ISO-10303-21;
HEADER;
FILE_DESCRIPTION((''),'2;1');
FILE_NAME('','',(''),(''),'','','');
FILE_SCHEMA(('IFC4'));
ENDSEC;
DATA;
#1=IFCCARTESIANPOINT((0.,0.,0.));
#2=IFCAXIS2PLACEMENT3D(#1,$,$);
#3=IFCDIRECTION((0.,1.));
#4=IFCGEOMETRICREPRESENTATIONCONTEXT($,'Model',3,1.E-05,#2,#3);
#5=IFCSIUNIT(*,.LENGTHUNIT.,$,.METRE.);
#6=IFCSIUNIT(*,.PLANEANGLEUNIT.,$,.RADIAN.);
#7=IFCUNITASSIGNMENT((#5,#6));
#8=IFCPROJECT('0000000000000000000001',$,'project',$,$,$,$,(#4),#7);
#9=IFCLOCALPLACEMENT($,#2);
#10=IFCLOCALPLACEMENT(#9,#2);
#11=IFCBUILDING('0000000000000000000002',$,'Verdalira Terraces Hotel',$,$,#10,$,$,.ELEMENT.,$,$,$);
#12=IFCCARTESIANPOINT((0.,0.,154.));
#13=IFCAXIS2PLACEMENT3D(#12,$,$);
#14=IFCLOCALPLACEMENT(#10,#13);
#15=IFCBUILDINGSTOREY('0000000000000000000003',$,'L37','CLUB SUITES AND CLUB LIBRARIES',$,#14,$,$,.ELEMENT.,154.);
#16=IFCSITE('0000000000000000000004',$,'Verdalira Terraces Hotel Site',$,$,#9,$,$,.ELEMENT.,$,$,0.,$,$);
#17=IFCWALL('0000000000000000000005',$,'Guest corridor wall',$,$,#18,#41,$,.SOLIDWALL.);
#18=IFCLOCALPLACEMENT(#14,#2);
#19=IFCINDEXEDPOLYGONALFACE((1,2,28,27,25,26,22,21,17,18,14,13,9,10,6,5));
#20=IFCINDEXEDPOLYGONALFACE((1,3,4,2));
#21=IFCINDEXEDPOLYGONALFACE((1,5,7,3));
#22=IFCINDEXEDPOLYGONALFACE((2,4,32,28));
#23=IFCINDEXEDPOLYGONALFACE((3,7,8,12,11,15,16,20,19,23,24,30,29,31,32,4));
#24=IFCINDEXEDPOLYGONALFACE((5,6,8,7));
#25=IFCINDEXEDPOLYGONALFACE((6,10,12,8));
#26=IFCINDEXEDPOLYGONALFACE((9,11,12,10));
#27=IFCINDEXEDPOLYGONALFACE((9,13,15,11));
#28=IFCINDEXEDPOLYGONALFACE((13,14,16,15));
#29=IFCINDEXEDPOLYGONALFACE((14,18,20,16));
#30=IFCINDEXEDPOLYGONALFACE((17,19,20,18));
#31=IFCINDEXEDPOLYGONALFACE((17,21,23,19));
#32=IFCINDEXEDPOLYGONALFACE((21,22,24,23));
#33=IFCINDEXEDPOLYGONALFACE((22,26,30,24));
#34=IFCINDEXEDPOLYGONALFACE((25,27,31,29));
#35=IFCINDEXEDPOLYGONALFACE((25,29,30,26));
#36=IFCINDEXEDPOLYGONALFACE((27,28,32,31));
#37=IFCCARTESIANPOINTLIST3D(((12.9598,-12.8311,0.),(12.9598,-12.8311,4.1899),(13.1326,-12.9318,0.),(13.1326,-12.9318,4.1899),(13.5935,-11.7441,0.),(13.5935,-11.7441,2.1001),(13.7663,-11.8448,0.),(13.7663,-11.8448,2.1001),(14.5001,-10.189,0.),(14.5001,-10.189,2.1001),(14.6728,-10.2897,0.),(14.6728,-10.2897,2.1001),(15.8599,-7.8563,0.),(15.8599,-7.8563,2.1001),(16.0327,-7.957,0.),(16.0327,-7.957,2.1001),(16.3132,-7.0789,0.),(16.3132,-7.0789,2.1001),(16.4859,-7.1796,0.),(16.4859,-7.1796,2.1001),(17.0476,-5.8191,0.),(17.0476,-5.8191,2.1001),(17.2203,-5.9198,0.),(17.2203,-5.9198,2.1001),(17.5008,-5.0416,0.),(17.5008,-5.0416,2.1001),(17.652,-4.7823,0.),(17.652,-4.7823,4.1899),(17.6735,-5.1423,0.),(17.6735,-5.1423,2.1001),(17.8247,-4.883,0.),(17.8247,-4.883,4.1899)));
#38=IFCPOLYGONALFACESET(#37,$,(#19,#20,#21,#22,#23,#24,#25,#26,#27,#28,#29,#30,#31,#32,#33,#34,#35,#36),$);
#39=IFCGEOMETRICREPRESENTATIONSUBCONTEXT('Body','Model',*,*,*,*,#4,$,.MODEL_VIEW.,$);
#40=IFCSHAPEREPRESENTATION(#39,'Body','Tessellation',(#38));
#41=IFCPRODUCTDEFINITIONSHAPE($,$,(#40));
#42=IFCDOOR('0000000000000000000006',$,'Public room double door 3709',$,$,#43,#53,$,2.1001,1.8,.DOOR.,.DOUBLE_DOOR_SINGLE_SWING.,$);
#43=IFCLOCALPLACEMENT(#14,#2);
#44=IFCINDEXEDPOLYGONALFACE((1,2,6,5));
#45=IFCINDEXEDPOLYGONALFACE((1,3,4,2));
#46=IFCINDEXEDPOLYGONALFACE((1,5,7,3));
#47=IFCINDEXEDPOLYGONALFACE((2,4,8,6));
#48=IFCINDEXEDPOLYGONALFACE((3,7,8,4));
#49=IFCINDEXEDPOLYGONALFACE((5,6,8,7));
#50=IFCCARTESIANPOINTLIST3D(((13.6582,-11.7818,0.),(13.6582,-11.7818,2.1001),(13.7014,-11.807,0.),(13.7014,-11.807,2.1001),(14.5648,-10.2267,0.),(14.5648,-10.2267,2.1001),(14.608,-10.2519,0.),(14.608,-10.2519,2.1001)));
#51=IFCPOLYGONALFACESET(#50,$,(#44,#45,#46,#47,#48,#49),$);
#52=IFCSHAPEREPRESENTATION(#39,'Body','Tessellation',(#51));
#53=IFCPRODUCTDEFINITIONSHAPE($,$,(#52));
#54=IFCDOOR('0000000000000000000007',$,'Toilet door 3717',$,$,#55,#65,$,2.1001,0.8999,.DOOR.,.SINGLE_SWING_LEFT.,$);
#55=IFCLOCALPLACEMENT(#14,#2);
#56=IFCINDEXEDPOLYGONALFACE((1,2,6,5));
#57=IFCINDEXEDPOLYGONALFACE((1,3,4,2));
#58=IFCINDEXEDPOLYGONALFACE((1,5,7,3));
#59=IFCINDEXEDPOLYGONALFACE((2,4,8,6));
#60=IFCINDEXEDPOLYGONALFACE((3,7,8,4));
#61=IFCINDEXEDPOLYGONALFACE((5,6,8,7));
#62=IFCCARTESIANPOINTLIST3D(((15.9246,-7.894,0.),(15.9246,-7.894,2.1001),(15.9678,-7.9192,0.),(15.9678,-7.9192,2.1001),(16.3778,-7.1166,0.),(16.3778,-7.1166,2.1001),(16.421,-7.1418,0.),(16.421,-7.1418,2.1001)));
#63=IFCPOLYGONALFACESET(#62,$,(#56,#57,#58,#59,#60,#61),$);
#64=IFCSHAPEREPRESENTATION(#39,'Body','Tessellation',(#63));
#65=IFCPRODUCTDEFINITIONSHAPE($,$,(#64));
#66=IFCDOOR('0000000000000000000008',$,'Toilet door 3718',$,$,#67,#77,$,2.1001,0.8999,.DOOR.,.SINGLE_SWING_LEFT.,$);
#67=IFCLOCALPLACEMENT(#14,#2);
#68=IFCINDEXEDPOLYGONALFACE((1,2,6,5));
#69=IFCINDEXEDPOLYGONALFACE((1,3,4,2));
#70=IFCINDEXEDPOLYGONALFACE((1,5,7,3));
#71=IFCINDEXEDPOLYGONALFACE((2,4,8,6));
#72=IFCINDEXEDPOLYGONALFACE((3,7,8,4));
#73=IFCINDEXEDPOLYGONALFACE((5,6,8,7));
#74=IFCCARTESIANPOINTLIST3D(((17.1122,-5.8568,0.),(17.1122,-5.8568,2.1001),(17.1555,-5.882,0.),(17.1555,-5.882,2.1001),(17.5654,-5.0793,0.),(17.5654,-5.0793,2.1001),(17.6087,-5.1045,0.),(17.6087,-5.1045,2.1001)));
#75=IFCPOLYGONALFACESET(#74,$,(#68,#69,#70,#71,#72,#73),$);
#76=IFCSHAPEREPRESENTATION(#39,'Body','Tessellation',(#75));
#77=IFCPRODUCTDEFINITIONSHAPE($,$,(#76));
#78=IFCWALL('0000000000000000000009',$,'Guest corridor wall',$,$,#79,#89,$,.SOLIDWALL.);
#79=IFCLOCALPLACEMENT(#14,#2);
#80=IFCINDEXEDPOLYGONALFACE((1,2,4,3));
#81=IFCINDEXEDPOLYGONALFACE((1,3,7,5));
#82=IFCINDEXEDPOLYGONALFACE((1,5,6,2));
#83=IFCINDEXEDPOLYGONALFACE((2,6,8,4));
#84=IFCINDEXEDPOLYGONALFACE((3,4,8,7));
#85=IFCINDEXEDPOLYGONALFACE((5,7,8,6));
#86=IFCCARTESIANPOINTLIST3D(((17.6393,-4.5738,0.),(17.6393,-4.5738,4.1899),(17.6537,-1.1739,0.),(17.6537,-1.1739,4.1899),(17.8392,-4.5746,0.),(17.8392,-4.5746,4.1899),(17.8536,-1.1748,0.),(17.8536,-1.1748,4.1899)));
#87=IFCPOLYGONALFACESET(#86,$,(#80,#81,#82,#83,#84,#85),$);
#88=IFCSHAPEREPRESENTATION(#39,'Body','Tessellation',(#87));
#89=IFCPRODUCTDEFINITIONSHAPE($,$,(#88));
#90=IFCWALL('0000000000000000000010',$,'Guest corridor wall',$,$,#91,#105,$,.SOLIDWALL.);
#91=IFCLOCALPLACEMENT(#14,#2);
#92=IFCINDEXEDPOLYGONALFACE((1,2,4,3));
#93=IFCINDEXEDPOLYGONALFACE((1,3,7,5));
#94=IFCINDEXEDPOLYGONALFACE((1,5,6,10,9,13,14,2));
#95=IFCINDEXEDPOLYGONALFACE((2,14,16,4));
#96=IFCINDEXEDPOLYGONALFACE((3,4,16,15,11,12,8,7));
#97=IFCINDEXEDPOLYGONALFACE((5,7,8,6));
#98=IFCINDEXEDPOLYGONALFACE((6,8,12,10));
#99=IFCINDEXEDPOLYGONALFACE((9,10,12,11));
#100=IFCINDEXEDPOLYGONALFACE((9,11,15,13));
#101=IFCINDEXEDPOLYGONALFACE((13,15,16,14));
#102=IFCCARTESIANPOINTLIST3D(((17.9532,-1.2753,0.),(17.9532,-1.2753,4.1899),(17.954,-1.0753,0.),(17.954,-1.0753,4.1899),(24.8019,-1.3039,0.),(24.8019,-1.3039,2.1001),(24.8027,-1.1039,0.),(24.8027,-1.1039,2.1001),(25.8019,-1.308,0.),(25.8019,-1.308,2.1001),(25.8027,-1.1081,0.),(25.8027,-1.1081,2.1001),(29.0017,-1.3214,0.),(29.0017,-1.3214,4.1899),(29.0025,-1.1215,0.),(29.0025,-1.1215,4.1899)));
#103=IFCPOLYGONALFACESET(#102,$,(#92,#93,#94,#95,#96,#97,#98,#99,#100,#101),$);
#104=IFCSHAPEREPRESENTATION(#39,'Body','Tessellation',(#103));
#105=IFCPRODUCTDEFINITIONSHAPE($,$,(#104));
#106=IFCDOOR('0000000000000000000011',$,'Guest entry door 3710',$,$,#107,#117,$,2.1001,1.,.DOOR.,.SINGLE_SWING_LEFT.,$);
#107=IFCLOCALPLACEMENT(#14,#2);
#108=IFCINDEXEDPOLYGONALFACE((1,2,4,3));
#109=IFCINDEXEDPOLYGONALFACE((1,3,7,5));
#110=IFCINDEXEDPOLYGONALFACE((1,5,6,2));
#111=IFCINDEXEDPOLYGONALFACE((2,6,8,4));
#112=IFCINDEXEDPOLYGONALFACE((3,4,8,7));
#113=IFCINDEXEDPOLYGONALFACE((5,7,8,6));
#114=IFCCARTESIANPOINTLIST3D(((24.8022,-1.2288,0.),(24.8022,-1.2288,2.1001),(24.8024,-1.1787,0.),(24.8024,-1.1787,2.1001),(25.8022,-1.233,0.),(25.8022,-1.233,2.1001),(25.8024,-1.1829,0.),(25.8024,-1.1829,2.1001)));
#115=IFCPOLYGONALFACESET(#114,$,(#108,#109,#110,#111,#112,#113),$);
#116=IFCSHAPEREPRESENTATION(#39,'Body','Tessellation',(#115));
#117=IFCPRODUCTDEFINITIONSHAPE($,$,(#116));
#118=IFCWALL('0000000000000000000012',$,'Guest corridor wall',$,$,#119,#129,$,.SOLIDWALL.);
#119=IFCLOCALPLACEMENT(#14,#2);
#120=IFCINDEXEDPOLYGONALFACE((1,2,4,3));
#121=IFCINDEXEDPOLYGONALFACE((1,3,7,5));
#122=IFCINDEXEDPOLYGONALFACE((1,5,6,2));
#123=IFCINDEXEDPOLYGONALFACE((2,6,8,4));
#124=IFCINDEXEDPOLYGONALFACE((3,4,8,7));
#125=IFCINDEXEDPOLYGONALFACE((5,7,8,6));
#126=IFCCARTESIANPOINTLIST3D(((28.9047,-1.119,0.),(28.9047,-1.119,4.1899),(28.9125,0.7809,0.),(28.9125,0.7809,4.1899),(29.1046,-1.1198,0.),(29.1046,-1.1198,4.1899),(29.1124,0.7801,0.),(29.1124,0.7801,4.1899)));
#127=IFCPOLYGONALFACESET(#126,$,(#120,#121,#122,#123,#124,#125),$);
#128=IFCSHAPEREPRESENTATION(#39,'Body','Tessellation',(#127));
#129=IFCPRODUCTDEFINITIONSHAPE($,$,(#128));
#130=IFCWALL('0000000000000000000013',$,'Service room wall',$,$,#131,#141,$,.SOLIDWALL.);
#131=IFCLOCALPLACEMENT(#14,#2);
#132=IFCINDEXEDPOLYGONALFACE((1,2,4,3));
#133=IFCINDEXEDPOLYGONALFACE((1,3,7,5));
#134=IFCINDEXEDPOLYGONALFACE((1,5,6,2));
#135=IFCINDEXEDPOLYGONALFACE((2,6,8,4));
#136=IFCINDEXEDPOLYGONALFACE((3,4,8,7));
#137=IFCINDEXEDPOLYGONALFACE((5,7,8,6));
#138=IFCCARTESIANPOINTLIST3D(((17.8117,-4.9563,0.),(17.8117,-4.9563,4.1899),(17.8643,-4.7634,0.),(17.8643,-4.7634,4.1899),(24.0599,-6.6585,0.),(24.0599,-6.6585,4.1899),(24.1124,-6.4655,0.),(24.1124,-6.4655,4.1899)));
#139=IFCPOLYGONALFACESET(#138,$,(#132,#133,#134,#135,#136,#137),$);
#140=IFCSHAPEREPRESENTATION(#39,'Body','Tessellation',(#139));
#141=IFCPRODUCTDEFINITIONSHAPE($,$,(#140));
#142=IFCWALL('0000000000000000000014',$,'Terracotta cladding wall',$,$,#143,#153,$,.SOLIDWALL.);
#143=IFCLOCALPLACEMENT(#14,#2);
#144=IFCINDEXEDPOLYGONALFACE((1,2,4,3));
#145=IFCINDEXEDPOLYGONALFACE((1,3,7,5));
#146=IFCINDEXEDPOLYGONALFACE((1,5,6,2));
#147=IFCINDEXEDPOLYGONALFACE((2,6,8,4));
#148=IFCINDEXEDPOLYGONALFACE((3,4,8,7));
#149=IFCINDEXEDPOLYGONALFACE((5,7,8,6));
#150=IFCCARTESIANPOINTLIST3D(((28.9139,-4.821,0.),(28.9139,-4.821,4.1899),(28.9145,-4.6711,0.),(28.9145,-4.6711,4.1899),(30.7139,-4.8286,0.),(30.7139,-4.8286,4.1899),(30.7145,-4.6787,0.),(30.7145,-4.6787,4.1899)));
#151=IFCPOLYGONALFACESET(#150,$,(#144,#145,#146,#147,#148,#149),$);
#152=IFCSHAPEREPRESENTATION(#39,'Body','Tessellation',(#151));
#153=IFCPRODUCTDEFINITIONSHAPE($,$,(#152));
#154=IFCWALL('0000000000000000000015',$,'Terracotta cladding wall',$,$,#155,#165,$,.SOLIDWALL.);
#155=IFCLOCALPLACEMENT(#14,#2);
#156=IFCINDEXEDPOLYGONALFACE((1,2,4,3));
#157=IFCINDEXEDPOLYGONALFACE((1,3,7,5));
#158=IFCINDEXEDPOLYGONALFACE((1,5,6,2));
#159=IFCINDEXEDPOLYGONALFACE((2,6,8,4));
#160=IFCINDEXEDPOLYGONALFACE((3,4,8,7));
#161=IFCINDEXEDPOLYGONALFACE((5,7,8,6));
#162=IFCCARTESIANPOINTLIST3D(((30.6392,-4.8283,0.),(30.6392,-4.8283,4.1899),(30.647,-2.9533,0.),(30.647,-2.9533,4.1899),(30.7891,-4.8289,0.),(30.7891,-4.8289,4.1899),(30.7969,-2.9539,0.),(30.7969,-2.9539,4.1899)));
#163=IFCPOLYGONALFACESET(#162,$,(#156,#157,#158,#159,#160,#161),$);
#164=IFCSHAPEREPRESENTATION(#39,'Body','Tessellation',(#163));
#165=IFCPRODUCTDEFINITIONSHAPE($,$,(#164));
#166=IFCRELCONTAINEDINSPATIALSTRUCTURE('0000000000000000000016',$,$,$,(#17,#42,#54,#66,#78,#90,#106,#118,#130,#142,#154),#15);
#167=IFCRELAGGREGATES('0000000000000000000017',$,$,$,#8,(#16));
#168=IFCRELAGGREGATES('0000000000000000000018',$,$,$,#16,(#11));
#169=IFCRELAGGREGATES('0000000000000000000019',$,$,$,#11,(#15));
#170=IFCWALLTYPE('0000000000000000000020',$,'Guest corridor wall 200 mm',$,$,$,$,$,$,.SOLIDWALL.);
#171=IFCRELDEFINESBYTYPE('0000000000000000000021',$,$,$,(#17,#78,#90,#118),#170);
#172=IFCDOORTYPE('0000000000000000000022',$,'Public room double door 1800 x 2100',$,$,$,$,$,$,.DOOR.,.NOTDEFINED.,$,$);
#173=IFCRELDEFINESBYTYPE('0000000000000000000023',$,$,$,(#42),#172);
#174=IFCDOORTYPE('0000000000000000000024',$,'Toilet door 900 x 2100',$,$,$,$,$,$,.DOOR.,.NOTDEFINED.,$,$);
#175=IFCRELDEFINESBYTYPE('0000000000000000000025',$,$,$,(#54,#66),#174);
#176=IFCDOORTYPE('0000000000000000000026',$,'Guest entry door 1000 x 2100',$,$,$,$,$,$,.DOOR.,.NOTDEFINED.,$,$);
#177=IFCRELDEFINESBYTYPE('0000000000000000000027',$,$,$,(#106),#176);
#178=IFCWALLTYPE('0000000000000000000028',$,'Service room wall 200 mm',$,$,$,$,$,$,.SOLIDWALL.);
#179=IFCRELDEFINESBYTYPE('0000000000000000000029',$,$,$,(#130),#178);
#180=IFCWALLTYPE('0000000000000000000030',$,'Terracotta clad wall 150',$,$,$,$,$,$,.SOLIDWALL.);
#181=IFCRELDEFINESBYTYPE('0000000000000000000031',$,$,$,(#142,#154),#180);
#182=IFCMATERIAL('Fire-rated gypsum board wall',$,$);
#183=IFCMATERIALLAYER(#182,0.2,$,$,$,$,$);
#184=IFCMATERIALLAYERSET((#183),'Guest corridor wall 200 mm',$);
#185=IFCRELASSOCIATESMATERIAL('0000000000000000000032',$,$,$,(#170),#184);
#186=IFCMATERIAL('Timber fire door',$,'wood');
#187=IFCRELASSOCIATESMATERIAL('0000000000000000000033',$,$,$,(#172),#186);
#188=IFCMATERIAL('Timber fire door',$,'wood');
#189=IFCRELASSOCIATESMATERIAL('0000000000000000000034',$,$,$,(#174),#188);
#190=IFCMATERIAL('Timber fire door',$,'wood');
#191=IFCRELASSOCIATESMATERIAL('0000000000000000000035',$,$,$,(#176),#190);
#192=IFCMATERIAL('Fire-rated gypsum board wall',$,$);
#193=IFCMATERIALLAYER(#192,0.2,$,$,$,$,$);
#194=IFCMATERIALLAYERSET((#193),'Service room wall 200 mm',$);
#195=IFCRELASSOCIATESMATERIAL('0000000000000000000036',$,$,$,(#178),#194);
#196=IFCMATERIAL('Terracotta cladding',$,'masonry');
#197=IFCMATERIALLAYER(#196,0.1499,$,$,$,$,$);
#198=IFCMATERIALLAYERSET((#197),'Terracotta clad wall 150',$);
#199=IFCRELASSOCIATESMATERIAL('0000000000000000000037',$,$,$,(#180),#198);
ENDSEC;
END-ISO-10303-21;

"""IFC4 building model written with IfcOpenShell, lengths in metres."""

from ifc_helpers import new_model, si_unit, direction, frame, frame_2d, origin, place, context, subcontext, project, spatial, rectangle, extrude, material, layer, layer_set, type_object, element, fill, save


model = new_model("IFC4")

# Units and contexts
model_context = context("Model", 3, precision=1e-05, world=origin(), true_north=direction((0.0, 1.0)))
body_context = subcontext(model_context, "Body", "Model", "MODEL_VIEW")
ifc_project = project(units=[si_unit("LENGTHUNIT", "METRE"), si_unit("PLANEANGLEUNIT", "RADIAN")], contexts=[model_context])

# Site, building, storey
site_placement = place(None, origin())
site = spatial("IfcSite", under=ifc_project, at=site_placement, Name="Verdalira Terraces Hotel Site", CompositionType="ELEMENT", RefElevation=0.0)
building_placement = place(site_placement, origin())
building = spatial("IfcBuilding", under=site, at=building_placement, Name="Verdalira Terraces Hotel", CompositionType="ELEMENT")
storey_placement = place(building_placement, frame((0.0, 0.0, 154.0)))
storey = spatial("IfcBuildingStorey", under=building, at=storey_placement, Name="L37", Description="CLUB SUITES AND CLUB LIBRARIES", CompositionType="ELEMENT", Elevation=154.0)

# Wall, openings, doors
ifc_material_1 = material(Name="Fire-rated gypsum board wall")
ifc_layer_1 = layer(ifc_material_1, 0.2)
ifc_layer_set_1 = layer_set([ifc_layer_1], Name="Guest corridor wall 200 mm")
wall_type_1 = type_object("IfcWallType", Name="Guest corridor wall 200 mm", PredefinedType="SOLIDWALL", material=ifc_layer_set_1)
wall_1_placement = place(storey_placement, frame((17.7383, -4.8328, 0.0), z_axis=(0.0, 0.0, 1.0), x_axis=(-0.50363, -0.86392, 0.0)))
wall_1 = element("IfcWall", 1, at=wall_1_placement, inside=storey, type_object=wall_type_1, Name="Guest corridor wall", PredefinedType="SOLIDWALL", context=body_context, shape_type="SweptSolid", body=[
    extrude(rectangle(XDim=9.3166, YDim=0.2, at=frame_2d((4.6582, 0.0))), origin(), (0.0, 0.0, 1.0), 4.1899),
])
opening_1_placement = place(wall_1_placement, frame((6.2583, 0.0, 0.0)))
opening_1 = element("IfcOpeningElement", 2, at=opening_1_placement, cuts=wall_1, PredefinedType="OPENING", context=body_context, shape_type="SweptSolid", body=[
    extrude(rectangle(XDim=1.8, YDim=2.1001, at=frame_2d((0.8999, 1.05))), frame((0.0, 0.1099, 0.0), z_axis=(0.0, -1.0, 0.0), x_axis=(1.0, 0.0, 0.0)), (0.0, 0.0, 1.0), 0.22),
])
opening_2_placement = place(wall_1_placement, frame((2.6582, 0.0, 0.0)))
opening_2 = element("IfcOpeningElement", 3, at=opening_2_placement, cuts=wall_1, PredefinedType="OPENING", context=body_context, shape_type="SweptSolid", body=[
    extrude(rectangle(XDim=0.8999, YDim=2.1001, at=frame_2d((0.45, 1.05))), frame((0.0, 0.1099, 0.0), z_axis=(0.0, -1.0, 0.0), x_axis=(1.0, 0.0, 0.0)), (0.0, 0.0, 1.0), 0.22),
])
opening_3_placement = place(wall_1_placement, frame((0.3, 0.0, 0.0)))
opening_3 = element("IfcOpeningElement", 4, at=opening_3_placement, cuts=wall_1, PredefinedType="OPENING", context=body_context, shape_type="SweptSolid", body=[
    extrude(rectangle(XDim=0.8999, YDim=2.1001, at=frame_2d((0.45, 1.05))), frame((0.0, 0.1099, 0.0), z_axis=(0.0, -1.0, 0.0), x_axis=(1.0, 0.0, 0.0)), (0.0, 0.0, 1.0), 0.22),
])
ifc_material_2 = material(Name="Timber fire door", Category="wood")
door_type_1 = type_object("IfcDoorType", Name="Public room double door 1800 x 2100", OperationType="NOTDEFINED", PredefinedType="DOOR", material=ifc_material_2)
door_1_placement = place(opening_1_placement, origin())
door_1 = element("IfcDoor", 5, at=door_1_placement, inside=storey, type_object=door_type_1, Name="Public room double door 3709", OperationType="DOUBLE_DOOR_SINGLE_SWING", OverallHeight=2.1001, OverallWidth=1.8, PredefinedType="DOOR", context=body_context, shape_type="SweptSolid", body=[
    extrude(rectangle(XDim=1.8, YDim=2.1001, at=frame_2d((0.8999, 1.05))), frame((0.0, 0.0249, 0.0), z_axis=(0.0, -1.0, 0.0), x_axis=(1.0, 0.0, 0.0)), (0.0, 0.0, 1.0), 0.05),
])
fill(opening_1, door_1)
ifc_material_3 = material(Name="Timber fire door", Category="wood")
door_type_2 = type_object("IfcDoorType", Name="Toilet door 900 x 2100", OperationType="NOTDEFINED", PredefinedType="DOOR", material=ifc_material_3)
door_2_placement = place(opening_2_placement, origin())
door_2 = element("IfcDoor", 6, at=door_2_placement, inside=storey, type_object=door_type_2, Name="Toilet door 3717", OperationType="SINGLE_SWING_LEFT", OverallHeight=2.1001, OverallWidth=0.8999, PredefinedType="DOOR", context=body_context, shape_type="SweptSolid", body=[
    extrude(rectangle(XDim=0.8999, YDim=2.1001, at=frame_2d((0.45, 1.05))), frame((0.0, 0.0249, 0.0), z_axis=(0.0, -1.0, 0.0), x_axis=(1.0, 0.0, 0.0)), (0.0, 0.0, 1.0), 0.05),
])
fill(opening_2, door_2)
door_3_placement = place(opening_3_placement, origin())
door_3 = element("IfcDoor", 7, at=door_3_placement, inside=storey, type_object=door_type_2, Name="Toilet door 3718", OperationType="SINGLE_SWING_LEFT", OverallHeight=2.1001, OverallWidth=0.8999, PredefinedType="DOOR", context=body_context, shape_type="SweptSolid", body=[
    extrude(rectangle(XDim=0.8999, YDim=2.1001, at=frame_2d((0.45, 1.05))), frame((0.0, 0.0249, 0.0), z_axis=(0.0, -1.0, 0.0), x_axis=(1.0, 0.0, 0.0)), (0.0, 0.0, 1.0), 0.05),
])
fill(opening_3, door_3)

# Wall
wall_2_placement = place(storey_placement, frame((17.7393, -4.5742, 0.0), z_axis=(0.0, 0.0, 1.0), x_axis=(0.004237, 0.999991, 0.0)))
element("IfcWall", 8, at=wall_2_placement, inside=storey, type_object=wall_type_1, Name="Guest corridor wall", PredefinedType="SOLIDWALL", context=body_context, shape_type="SweptSolid", body=[
    extrude(rectangle(XDim=3.3999, YDim=0.2, at=frame_2d((1.7, 0.0))), origin(), (0.0, 0.0, 1.0), 4.1899),
])

# Wall, opening, door
wall_3_placement = place(storey_placement, frame((29.0022, -1.2214, 0.0), z_axis=(0.0, 0.0, 1.0), x_axis=(-0.999991, 0.004176, 0.0)))
wall_3 = element("IfcWall", 9, at=wall_3_placement, inside=storey, type_object=wall_type_1, Name="Guest corridor wall", PredefinedType="SOLIDWALL", context=body_context, shape_type="SweptSolid", body=[
    extrude(rectangle(XDim=11.0486, YDim=0.2, at=frame_2d((5.5244, 0.0))), origin(), (0.0, 0.0, 1.0), 4.1899),
])
opening_4_placement = place(wall_3_placement, frame((3.2, 0.0, 0.0)))
opening_4 = element("IfcOpeningElement", 10, at=opening_4_placement, cuts=wall_3, PredefinedType="OPENING", context=body_context, shape_type="SweptSolid", body=[
    extrude(rectangle(XDim=1.0, YDim=2.1001, at=frame_2d((0.5, 1.05))), frame((0.0, 0.1099, 0.0), z_axis=(0.0, -1.0, 0.0), x_axis=(1.0, 0.0, 0.0)), (0.0, 0.0, 1.0), 0.22),
])
ifc_material_4 = material(Name="Timber fire door", Category="wood")
door_type_3 = type_object("IfcDoorType", Name="Guest entry door 1000 x 2100", OperationType="NOTDEFINED", PredefinedType="DOOR", material=ifc_material_4)
door_4_placement = place(opening_4_placement, origin())
door_4 = element("IfcDoor", 11, at=door_4_placement, inside=storey, type_object=door_type_3, Name="Guest entry door 3710", OperationType="SINGLE_SWING_LEFT", OverallHeight=2.1001, OverallWidth=1.0, PredefinedType="DOOR", context=body_context, shape_type="SweptSolid", body=[
    extrude(rectangle(XDim=1.0, YDim=2.1001, at=frame_2d((0.5, 1.05))), frame((0.0, 0.0249, 0.0), z_axis=(0.0, -1.0, 0.0), x_axis=(1.0, 0.0, 0.0)), (0.0, 0.0, 1.0), 0.05),
])
fill(opening_4, door_4)

# Walls
wall_4_placement = place(storey_placement, frame((29.0046, -1.1194, 0.0), z_axis=(0.0, 0.0, 1.0), x_axis=(0.004112, 0.999992, 0.0)))
element("IfcWall", 12, at=wall_4_placement, inside=storey, type_object=wall_type_1, Name="Guest corridor wall", PredefinedType="SOLIDWALL", context=body_context, shape_type="SweptSolid", body=[
    extrude(rectangle(XDim=1.8999, YDim=0.2, at=frame_2d((0.95, 0.0))), origin(), (0.0, 0.0, 1.0), 4.1899),
])
ifc_material_5 = material(Name="Fire-rated gypsum board wall")
ifc_layer_2 = layer(ifc_material_5, 0.2)
ifc_layer_set_2 = layer_set([ifc_layer_2], Name="Service room wall 200 mm")
wall_type_2 = type_object("IfcWallType", Name="Service room wall 200 mm", PredefinedType="SOLIDWALL", material=ifc_layer_set_2)
wall_5_placement = place(storey_placement, frame((17.8381, -4.8599, 0.0), z_axis=(0.0, 0.0, 1.0), x_axis=(0.964837, -0.262849, 0.0)))
element("IfcWall", 13, at=wall_5_placement, inside=storey, type_object=wall_type_2, Name="Service room wall", PredefinedType="SOLIDWALL", context=body_context, shape_type="SweptSolid", body=[
    extrude(rectangle(XDim=6.4758, YDim=0.2, at=frame_2d((3.2378, 0.0))), origin(), (0.0, 0.0, 1.0), 4.1899),
])
ifc_material_6 = material(Name="Terracotta cladding", Category="masonry")
ifc_layer_3 = layer(ifc_material_6, 0.1499)
ifc_layer_set_3 = layer_set([ifc_layer_3], Name="Terracotta clad wall 150")
wall_type_3 = type_object("IfcWallType", Name="Terracotta clad wall 150", PredefinedType="SOLIDWALL", material=ifc_layer_set_3)
wall_6_placement = place(storey_placement, frame((28.9143, -4.7461, 0.0), z_axis=(0.0, 0.0, 1.0), x_axis=(0.999991, -0.004204, 0.0)))
element("IfcWall", 14, at=wall_6_placement, inside=storey, type_object=wall_type_3, Name="Terracotta cladding wall", PredefinedType="SOLIDWALL", context=body_context, shape_type="SweptSolid", body=[
    extrude(rectangle(XDim=1.8, YDim=0.1499, at=frame_2d((0.8999, 0.0))), origin(), (0.0, 0.0, 1.0), 4.1899),
])
for number, where, z_axis, x_axis, name in (
    (15, (30.7141, -4.8286, 0.0), (0.0, 0.0, 1.0), (0.004167, 0.999991, 0.0), "Terracotta cladding wall"),
):
    element("IfcWall", number, at=place(storey_placement, frame(where, z_axis=z_axis, x_axis=x_axis)), inside=storey, type_object=wall_type_3, Name=name, PredefinedType="SOLIDWALL", context=body_context, shape_type="SweptSolid", body=[
        extrude(rectangle(XDim=1.875, YDim=0.1499, at=frame_2d((0.9375, 0.0))), origin(), (0.0, 0.0, 1.0), 4.1899),
    ])

save(model, "model.ifc")
